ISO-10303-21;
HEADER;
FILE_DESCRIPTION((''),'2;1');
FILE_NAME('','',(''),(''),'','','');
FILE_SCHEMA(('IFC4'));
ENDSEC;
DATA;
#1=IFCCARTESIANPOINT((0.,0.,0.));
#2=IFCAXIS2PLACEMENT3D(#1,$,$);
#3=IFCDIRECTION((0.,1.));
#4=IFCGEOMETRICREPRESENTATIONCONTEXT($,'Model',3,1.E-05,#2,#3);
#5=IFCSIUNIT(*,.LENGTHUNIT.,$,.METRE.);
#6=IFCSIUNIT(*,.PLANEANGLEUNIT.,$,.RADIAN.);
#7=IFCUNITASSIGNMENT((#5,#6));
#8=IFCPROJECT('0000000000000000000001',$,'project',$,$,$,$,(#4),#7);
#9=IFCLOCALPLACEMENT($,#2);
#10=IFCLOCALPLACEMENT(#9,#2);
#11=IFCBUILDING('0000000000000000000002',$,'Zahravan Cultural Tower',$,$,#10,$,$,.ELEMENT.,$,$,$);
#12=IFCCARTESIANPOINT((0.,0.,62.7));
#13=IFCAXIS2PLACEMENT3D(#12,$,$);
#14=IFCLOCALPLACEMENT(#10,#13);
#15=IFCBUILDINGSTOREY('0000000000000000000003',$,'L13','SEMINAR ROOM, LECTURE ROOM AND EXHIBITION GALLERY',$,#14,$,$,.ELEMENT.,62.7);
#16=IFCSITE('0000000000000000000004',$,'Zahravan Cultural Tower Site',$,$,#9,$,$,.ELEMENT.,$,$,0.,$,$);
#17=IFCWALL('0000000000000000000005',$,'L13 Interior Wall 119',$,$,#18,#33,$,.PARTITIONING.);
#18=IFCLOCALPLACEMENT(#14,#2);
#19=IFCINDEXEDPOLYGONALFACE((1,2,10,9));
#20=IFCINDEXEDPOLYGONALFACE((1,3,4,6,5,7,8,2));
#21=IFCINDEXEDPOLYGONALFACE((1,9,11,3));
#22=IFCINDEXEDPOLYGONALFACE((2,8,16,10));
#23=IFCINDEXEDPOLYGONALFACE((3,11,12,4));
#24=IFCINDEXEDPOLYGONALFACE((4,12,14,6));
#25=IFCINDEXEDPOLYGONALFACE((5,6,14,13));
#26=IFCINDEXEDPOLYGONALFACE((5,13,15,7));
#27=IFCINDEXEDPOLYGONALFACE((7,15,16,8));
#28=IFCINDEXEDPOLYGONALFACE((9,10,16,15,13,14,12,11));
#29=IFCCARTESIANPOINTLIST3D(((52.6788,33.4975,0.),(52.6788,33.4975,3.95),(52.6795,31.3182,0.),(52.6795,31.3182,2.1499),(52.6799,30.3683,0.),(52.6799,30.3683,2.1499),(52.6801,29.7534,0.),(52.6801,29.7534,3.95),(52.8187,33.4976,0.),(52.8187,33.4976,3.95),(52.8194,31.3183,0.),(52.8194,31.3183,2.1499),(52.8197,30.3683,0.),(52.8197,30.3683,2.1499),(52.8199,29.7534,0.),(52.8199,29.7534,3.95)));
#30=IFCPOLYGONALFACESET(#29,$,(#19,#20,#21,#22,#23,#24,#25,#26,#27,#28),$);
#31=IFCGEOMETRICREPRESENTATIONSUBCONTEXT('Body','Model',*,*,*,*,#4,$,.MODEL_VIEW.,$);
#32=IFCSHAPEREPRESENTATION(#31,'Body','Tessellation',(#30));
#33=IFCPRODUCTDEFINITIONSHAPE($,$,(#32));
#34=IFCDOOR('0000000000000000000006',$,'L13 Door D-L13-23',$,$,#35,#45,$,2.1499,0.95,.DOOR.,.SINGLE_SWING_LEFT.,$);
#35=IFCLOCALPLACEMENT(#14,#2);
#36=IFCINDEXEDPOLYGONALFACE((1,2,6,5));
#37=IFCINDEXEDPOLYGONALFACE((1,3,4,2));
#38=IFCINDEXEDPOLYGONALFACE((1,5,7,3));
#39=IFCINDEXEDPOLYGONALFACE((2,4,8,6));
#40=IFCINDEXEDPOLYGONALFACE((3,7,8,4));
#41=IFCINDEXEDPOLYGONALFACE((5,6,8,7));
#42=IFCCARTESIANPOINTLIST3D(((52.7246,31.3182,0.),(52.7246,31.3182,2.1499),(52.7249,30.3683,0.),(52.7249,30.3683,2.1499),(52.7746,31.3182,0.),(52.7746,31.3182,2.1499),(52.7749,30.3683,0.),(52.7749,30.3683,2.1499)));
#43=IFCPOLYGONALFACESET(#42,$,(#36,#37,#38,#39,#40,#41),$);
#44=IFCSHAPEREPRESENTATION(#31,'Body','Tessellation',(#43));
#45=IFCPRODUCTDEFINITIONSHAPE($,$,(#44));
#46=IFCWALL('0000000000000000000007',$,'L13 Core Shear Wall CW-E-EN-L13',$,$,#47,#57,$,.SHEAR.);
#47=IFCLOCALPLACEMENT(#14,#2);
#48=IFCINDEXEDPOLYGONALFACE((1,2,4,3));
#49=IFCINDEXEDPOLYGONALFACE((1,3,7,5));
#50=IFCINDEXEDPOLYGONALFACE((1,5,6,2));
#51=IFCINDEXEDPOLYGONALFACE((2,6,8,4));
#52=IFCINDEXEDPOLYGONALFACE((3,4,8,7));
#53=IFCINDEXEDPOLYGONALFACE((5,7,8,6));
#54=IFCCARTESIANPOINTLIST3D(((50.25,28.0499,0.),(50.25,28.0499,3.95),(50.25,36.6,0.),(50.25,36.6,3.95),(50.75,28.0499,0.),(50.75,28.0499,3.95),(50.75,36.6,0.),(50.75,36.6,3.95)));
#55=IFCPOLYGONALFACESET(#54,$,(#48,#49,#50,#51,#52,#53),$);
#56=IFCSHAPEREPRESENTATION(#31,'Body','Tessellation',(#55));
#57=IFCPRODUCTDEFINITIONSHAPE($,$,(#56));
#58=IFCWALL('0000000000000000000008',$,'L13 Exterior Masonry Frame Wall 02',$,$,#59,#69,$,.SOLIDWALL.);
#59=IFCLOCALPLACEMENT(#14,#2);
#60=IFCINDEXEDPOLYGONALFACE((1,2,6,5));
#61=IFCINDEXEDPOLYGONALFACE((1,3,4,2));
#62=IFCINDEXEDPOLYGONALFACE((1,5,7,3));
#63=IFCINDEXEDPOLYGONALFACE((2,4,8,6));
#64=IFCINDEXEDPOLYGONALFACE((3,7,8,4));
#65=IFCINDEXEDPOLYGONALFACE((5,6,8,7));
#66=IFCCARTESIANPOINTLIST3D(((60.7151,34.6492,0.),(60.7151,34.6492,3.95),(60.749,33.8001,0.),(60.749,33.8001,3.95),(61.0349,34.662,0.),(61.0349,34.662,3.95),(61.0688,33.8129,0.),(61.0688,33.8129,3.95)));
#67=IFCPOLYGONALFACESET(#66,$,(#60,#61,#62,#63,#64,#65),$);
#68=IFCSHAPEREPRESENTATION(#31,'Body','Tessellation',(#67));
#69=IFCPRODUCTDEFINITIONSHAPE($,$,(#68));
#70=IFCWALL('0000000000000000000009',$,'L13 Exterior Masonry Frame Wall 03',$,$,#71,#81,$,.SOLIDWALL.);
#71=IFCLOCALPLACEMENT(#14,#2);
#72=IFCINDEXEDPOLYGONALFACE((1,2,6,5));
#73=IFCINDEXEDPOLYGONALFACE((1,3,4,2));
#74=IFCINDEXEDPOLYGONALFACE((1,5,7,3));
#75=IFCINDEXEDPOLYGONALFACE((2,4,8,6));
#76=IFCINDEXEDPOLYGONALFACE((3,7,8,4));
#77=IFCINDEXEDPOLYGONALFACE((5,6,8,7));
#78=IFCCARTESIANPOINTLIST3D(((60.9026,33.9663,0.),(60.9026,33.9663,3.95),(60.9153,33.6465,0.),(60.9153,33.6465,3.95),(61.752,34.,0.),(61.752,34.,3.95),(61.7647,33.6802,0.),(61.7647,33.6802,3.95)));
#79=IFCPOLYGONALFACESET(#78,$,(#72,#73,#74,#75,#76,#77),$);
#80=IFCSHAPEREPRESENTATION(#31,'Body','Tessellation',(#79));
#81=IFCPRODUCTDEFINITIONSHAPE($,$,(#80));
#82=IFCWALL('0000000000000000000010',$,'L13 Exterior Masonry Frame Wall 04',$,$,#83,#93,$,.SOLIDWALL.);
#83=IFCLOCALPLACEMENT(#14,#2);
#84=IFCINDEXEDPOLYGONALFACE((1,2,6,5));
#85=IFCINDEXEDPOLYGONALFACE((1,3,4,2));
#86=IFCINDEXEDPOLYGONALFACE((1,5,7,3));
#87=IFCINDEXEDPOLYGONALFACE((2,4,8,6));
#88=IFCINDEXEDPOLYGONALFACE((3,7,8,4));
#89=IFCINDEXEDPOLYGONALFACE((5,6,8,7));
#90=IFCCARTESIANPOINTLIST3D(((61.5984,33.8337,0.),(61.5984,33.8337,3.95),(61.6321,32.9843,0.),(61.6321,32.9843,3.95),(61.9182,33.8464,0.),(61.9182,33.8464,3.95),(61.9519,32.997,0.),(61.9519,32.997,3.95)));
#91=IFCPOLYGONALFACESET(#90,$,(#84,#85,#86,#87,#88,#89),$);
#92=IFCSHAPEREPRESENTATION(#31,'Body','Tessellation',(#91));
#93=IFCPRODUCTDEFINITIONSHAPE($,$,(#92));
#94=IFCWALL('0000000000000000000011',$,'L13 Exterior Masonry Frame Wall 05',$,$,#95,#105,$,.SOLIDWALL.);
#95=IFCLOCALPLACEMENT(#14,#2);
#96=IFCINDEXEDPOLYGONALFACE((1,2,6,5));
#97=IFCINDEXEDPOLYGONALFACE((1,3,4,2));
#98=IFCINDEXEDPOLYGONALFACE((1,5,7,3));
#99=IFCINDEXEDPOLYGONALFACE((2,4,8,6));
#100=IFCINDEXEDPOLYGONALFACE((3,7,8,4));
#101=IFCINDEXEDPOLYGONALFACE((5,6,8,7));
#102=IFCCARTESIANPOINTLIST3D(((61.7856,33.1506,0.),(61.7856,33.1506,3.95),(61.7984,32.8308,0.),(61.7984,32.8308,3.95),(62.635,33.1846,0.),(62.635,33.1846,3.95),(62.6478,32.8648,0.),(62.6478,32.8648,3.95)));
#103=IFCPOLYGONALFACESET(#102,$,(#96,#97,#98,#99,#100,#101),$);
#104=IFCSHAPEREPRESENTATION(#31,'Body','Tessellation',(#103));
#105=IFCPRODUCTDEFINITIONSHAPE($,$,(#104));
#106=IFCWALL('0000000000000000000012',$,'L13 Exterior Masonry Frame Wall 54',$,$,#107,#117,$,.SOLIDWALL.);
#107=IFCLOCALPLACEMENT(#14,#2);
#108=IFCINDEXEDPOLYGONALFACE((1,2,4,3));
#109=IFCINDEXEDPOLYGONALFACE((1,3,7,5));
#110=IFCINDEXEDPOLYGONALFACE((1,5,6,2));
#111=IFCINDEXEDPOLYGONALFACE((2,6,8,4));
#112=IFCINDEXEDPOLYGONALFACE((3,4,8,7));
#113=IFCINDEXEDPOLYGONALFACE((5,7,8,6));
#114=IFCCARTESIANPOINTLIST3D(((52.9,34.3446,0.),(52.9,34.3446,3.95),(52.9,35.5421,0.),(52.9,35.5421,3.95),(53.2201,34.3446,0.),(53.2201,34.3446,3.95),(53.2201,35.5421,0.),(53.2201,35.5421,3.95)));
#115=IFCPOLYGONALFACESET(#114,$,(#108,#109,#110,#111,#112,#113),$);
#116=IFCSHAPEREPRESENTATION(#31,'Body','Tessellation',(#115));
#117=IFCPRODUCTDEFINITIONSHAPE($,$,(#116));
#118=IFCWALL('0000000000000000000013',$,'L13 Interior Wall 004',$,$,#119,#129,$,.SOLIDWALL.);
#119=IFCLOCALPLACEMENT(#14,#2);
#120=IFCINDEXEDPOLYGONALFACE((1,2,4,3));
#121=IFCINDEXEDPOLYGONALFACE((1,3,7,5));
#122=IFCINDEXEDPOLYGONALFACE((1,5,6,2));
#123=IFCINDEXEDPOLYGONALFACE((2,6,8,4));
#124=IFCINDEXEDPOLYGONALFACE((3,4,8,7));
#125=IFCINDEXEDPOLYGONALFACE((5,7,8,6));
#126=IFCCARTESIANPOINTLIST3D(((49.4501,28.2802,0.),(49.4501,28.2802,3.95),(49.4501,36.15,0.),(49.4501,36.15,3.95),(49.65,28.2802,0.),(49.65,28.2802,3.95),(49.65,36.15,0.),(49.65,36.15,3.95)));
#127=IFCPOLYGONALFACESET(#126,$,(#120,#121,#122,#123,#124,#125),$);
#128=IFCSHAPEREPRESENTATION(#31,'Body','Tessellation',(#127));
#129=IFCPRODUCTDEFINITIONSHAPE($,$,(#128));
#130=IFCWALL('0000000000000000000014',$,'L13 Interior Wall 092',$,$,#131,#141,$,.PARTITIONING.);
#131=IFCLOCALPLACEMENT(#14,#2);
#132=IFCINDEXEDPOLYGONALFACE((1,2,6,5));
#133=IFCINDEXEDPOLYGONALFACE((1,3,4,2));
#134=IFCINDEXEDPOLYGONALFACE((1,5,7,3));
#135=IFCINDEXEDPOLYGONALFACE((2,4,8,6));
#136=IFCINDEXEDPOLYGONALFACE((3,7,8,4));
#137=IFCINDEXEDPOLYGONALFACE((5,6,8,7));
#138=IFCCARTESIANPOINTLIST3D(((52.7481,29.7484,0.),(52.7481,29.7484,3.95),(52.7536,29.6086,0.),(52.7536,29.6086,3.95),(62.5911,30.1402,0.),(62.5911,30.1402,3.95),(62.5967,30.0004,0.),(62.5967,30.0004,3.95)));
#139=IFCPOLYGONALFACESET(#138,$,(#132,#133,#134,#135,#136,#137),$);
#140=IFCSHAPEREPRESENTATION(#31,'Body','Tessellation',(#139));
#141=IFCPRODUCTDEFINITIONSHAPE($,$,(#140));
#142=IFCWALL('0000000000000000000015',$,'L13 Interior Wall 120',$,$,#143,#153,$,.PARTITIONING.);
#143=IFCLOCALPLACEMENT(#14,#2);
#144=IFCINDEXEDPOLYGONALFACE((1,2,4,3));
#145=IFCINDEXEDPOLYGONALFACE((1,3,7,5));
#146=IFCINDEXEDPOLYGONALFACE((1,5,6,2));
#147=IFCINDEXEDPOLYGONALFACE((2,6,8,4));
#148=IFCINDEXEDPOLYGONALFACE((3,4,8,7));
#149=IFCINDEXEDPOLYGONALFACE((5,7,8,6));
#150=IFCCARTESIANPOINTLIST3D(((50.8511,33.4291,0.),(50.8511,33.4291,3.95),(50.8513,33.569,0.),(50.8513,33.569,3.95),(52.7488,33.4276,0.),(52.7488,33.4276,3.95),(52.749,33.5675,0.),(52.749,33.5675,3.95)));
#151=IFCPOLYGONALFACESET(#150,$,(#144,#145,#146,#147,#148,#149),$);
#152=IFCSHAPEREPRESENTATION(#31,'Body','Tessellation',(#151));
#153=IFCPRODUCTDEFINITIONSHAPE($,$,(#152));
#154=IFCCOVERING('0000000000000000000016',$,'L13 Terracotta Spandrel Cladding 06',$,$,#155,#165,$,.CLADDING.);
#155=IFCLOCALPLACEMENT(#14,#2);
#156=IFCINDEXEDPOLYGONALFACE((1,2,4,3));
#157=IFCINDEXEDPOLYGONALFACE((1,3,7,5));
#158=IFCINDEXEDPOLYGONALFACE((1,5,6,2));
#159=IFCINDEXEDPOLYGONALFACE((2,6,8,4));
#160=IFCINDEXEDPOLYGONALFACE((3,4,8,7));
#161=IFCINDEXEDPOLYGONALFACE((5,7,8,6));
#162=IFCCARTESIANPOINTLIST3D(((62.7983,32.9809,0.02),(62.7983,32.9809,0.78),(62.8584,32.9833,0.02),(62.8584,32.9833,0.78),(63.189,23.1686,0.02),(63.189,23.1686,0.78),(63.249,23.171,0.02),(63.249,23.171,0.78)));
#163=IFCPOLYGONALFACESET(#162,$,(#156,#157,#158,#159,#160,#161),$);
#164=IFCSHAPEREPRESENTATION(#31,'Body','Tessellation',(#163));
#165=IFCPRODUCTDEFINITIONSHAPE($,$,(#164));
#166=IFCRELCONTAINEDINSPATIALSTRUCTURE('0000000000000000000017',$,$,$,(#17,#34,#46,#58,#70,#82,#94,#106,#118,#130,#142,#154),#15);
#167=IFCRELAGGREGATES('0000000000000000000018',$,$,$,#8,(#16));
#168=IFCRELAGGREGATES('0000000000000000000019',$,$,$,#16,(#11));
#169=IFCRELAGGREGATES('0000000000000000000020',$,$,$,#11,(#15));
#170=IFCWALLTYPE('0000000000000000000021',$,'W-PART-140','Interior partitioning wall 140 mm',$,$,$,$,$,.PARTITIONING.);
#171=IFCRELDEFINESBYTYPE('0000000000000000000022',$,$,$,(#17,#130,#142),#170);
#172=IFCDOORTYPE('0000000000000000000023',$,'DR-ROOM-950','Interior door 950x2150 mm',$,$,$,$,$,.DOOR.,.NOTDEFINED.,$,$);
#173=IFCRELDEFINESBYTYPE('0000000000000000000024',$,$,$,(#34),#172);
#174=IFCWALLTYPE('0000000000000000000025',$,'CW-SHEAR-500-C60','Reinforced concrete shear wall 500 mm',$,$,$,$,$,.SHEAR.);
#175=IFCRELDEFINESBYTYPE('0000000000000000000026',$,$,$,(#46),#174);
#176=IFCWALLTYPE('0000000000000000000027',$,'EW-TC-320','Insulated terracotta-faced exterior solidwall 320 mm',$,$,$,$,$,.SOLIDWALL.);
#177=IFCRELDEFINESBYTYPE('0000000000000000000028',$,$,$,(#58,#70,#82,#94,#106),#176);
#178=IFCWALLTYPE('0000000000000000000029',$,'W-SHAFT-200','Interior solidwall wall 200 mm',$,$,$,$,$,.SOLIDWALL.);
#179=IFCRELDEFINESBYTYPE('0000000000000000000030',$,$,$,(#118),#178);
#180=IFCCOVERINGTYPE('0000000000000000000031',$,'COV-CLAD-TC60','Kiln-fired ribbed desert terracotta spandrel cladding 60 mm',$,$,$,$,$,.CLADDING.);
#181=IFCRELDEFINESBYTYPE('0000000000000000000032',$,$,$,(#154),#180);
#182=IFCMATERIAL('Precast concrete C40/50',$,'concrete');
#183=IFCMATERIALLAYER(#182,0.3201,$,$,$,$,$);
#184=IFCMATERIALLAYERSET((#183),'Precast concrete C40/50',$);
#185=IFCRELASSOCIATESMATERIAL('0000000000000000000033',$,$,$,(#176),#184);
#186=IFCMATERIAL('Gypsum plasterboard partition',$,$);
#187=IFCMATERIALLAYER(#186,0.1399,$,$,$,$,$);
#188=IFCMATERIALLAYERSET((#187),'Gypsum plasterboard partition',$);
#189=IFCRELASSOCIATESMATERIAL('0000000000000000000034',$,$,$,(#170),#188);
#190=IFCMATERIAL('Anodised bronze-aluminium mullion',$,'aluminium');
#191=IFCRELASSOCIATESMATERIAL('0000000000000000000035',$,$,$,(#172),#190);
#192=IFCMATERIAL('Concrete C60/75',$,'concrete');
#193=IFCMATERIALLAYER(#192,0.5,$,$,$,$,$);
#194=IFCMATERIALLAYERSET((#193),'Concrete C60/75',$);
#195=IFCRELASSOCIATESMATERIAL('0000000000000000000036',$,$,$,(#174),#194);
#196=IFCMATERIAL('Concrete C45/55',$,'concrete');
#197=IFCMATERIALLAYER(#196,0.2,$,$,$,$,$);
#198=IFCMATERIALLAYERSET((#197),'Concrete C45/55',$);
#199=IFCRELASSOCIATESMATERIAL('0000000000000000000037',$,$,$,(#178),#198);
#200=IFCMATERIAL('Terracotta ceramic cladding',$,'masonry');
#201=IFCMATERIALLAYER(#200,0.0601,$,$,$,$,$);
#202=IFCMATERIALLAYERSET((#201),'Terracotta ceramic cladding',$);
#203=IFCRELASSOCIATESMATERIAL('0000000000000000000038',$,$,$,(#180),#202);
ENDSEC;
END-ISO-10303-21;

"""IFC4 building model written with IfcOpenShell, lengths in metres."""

from ifc_helpers import new_model, si_unit, direction, frame, frame_2d, origin, origin_2d, place, context, subcontext, project, spatial, rectangle, extrude, source, transform, mapped, material, layer, layer_set, type_object, element, fill, save


model = new_model("IFC4")

# Units and contexts
model_context = context("Model", 3, precision=1e-05, world=origin(), true_north=direction((0.0, 1.0)))
body_context = subcontext(model_context, "Body", "Model", "MODEL_VIEW")
ifc_project = project(units=[si_unit("LENGTHUNIT", "METRE"), si_unit("PLANEANGLEUNIT", "RADIAN")], contexts=[model_context])

# Site, building, storey
site_placement = place(None, origin())
site = spatial("IfcSite", under=ifc_project, at=site_placement, Name="Zahravan Cultural Tower Site", CompositionType="ELEMENT", RefElevation=0.0)
building_placement = place(site_placement, origin())
building = spatial("IfcBuilding", under=site, at=building_placement, Name="Zahravan Cultural Tower", CompositionType="ELEMENT")
storey_placement = place(building_placement, frame((0.0, 0.0, 62.7)))
storey = spatial("IfcBuildingStorey", under=building, at=storey_placement, Name="L13", Description="SEMINAR ROOM, LECTURE ROOM AND EXHIBITION GALLERY", CompositionType="ELEMENT", Elevation=62.7)

# Shared definitions
ifc_material_1 = material(Name="Concrete C60/75", Category="concrete")

# Shared definitions
ifc_material_2 = material(Name="Precast concrete C40/50", Category="concrete")
ifc_layer_1 = layer(ifc_material_2, 0.3201)
ifc_layer_set_1 = layer_set([ifc_layer_1], Name="Precast concrete C40/50")
wall_type_1 = type_object("IfcWallType", Name="EW-TC-320", Description="Insulated terracotta-faced exterior solidwall 320 mm", PredefinedType="SOLIDWALL", material=ifc_layer_set_1)

# Wall, opening, door
ifc_material_3 = material(Name="Gypsum plasterboard partition")
ifc_layer_2 = layer(ifc_material_3, 0.1399)
ifc_layer_set_2 = layer_set([ifc_layer_2], Name="Gypsum plasterboard partition")
wall_type_2 = type_object("IfcWallType", Name="W-PART-140", Description="Interior partitioning wall 140 mm", PredefinedType="PARTITIONING", material=ifc_layer_set_2)
wall_1_placement = place(storey_placement, frame((52.75, 29.7534, 0.0), z_axis=(0.0, 0.0, 1.0), x_axis=(-0.000326, 1.0, 0.0)))
wall_1 = element("IfcWall", 1, at=wall_1_placement, inside=storey, type_object=wall_type_2, Name="L13 Interior Wall 119", PredefinedType="PARTITIONING", context=body_context, shape_type="SweptSolid", body=[
    extrude(rectangle(XDim=3.7441, YDim=0.1399, at=frame_2d((1.8721, 0.0))), origin(), (0.0, 0.0, 1.0), 3.95),
])
opening_1_placement = place(wall_1_placement, frame((0.6147, 0.0, 0.0)))
opening_1 = element("IfcOpeningElement", 2, at=opening_1_placement, cuts=wall_1, PredefinedType="OPENING", context=body_context, shape_type="SweptSolid", body=[
    extrude(rectangle(XDim=0.95, YDim=2.1499, at=frame_2d((0.4751, 1.075))), frame((0.0, 0.0798, 0.0), z_axis=(0.0, -1.0, 0.0), x_axis=(1.0, 0.0, 0.0)), (0.0, 0.0, 1.0), 0.1599),
])
ifc_material_4 = material(Name="Anodised bronze-aluminium mullion", Category="aluminium")
door_type = type_object("IfcDoorType", Name="DR-ROOM-950", Description="Interior door 950x2150 mm", OperationType="NOTDEFINED", PredefinedType="DOOR", material=ifc_material_4)
shared_shape_1 = source(origin(), body_context, "Body", "SweptSolid", [
    extrude(rectangle(XDim=0.95, YDim=2.1499, at=frame_2d((0.4751, 1.075))), frame((0.0, 0.0249, 0.0), z_axis=(0.0, -1.0, 0.0), x_axis=(1.0, 0.0, 0.0)), (0.0, 0.0, 1.0), 0.05),
])
door_placement = place(opening_1_placement, origin())
door = element("IfcDoor", 3, at=door_placement, inside=storey, type_object=door_type, Name="L13 Door D-L13-23", OperationType="SINGLE_SWING_LEFT", OverallHeight=2.1499, OverallWidth=0.95, PredefinedType="DOOR", context=body_context, shape_type="MappedRepresentation", body=[
    mapped(shared_shape_1, transform((0.0, 0.0, 0.0), x_axis=(1.0, 0.0, 0.0), y_axis=(0.0, 1.0, 0.0), z_axis=(0.0, 0.0, 1.0), scale=1.0)),
])
fill(opening_1, door)

# Walls
ifc_layer_3 = layer(ifc_material_1, 0.5)
ifc_layer_set_3 = layer_set([ifc_layer_3], Name="Concrete C60/75")
wall_type_3 = type_object("IfcWallType", Name="CW-SHEAR-500-C60", Description="Reinforced concrete shear wall 500 mm", PredefinedType="SHEAR", material=ifc_layer_set_3)
shared_shape_2 = source(origin(), body_context, "Body", "SweptSolid", [
    extrude(rectangle(XDim=8.55, YDim=0.5, at=frame_2d((4.2749, 0.0))), origin(), (0.0, 0.0, 1.0), 3.95),
])
wall_2_placement = place(storey_placement, frame((50.5, 28.05, 0.0), z_axis=(0.0, 0.0, 1.0), x_axis=(0.0, 1.0, 0.0)))
element("IfcWall", 4, at=wall_2_placement, inside=storey, type_object=wall_type_3, Name="L13 Core Shear Wall CW-E-EN-L13", PredefinedType="SHEAR", context=body_context, shape_type="MappedRepresentation", body=[
    mapped(shared_shape_2, transform((0.0, 0.0, 0.0), x_axis=(1.0, 0.0, 0.0), y_axis=(0.0, 1.0, 0.0), z_axis=(0.0, 0.0, 1.0), scale=1.0)),
])
shared_shape_3 = source(origin(), body_context, "Body", "SweptSolid", [
    extrude(rectangle(XDim=0.8499, YDim=0.3201, at=frame_2d((0.4248, 0.0))), origin(), (0.0, 0.0, 1.0), 3.95),
])
wall_3_placement = place(storey_placement, frame((60.875, 34.6555, 0.0), z_axis=(0.0, 0.0, 1.0), x_axis=(0.039934, -0.999202, 0.0)))
element("IfcWall", 5, at=wall_3_placement, inside=storey, type_object=wall_type_1, Name="L13 Exterior Masonry Frame Wall 02", PredefinedType="SOLIDWALL", context=body_context, shape_type="MappedRepresentation", body=[
    mapped(shared_shape_3, transform((0.0, 0.0, 0.0), x_axis=(1.0, 0.0, 0.0), y_axis=(0.0, 1.0, 0.0), z_axis=(0.0, 0.0, 1.0), scale=1.0)),
])
shared_shape_4 = source(origin(), body_context, "Body", "SweptSolid", [
    extrude(rectangle(XDim=0.8501, YDim=0.3201, at=frame_2d((0.425, 0.0))), origin(), (0.0, 0.0, 1.0), 3.95),
])
for number, where, z_axis, x_axis, name in (
    (6, (60.9089, 33.8064, 0.0), (0.0, 0.0, 1.0), (0.999214, 0.039635, 0.0), "L13 Exterior Masonry Frame Wall 03"),
    (7, (61.7583, 33.8401, 0.0), (0.0, 0.0, 1.0), (0.039635, -0.999214, 0.0), "L13 Exterior Masonry Frame Wall 04"),
    (8, (61.792, 32.9907, 0.0), (0.0, 0.0, 1.0), (0.999203, 0.039922, 0.0), "L13 Exterior Masonry Frame Wall 05"),
):
    element("IfcWall", number, at=place(storey_placement, frame(where, z_axis=z_axis, x_axis=x_axis)), inside=storey, type_object=wall_type_1, Name=name, PredefinedType="SOLIDWALL", context=body_context, shape_type="MappedRepresentation", body=[
        mapped(shared_shape_4, transform((0.0, 0.0, 0.0), x_axis=(1.0, 0.0, 0.0), y_axis=(0.0, 1.0, 0.0), z_axis=(0.0, 0.0, 1.0), scale=1.0)),
    ])
shared_shape_5 = source(origin(), body_context, "Body", "SweptSolid", [
    extrude(rectangle(XDim=1.1975, YDim=0.3201, at=frame_2d((0.5986, 0.0))), origin(), (0.0, 0.0, 1.0), 3.95),
])
wall_4_placement = place(storey_placement, frame((53.0601, 35.542, 0.0), z_axis=(0.0, 0.0, 1.0), x_axis=(0.0, -1.0, 0.0)))
element("IfcWall", 9, at=wall_4_placement, inside=storey, type_object=wall_type_1, Name="L13 Exterior Masonry Frame Wall 54", PredefinedType="SOLIDWALL", context=body_context, shape_type="MappedRepresentation", body=[
    mapped(shared_shape_5, transform((0.0, 0.0, 0.0), x_axis=(1.0, 0.0, 0.0), y_axis=(0.0, 1.0, 0.0), z_axis=(0.0, 0.0, 1.0), scale=1.0)),
])
ifc_material_5 = material(Name="Concrete C45/55", Category="concrete")
ifc_layer_4 = layer(ifc_material_5, 0.2)
ifc_layer_set_4 = layer_set([ifc_layer_4], Name="Concrete C45/55")
wall_type_4 = type_object("IfcWallType", Name="W-SHAFT-200", Description="Interior solidwall wall 200 mm", PredefinedType="SOLIDWALL", material=ifc_layer_set_4)
shared_shape_6 = source(origin(), body_context, "Body", "SweptSolid", [
    extrude(rectangle(XDim=7.8699, YDim=0.2, at=frame_2d((3.9351, 0.0))), origin(), (0.0, 0.0, 1.0), 3.95),
])
wall_5_placement = place(storey_placement, frame((49.55, 28.28, 0.0), z_axis=(0.0, 0.0, 1.0), x_axis=(0.0, 1.0, 0.0)))
element("IfcWall", 10, at=wall_5_placement, inside=storey, type_object=wall_type_4, Name="L13 Interior Wall 004", PredefinedType="SOLIDWALL", context=body_context, shape_type="MappedRepresentation", body=[
    mapped(shared_shape_6, transform((0.0, 0.0, 0.0), x_axis=(1.0, 0.0, 0.0), y_axis=(0.0, 1.0, 0.0), z_axis=(0.0, 0.0, 1.0), scale=1.0)),
])
shared_shape_7 = source(origin(), body_context, "Body", "SweptSolid", [
    extrude(rectangle(XDim=9.8508, YDim=0.1399, at=frame_2d((4.9253, 0.0))), origin(), (0.0, 0.0, 1.0), 3.95),
])
wall_6_placement = place(storey_placement, frame((52.751, 29.6785, 0.0), z_axis=(0.0, 0.0, 1.0), x_axis=(0.999209, 0.039778, 0.0)))
element("IfcWall", 11, at=wall_6_placement, inside=storey, type_object=wall_type_2, Name="L13 Interior Wall 092", PredefinedType="PARTITIONING", context=body_context, shape_type="MappedRepresentation", body=[
    mapped(shared_shape_7, transform((0.0, 0.0, 0.0), x_axis=(1.0, 0.0, 0.0), y_axis=(0.0, 1.0, 0.0), z_axis=(0.0, 0.0, 1.0), scale=1.0)),
])
shared_shape_8 = source(origin(), body_context, "Body", "SweptSolid", [
    extrude(rectangle(XDim=1.8977, YDim=0.1399, at=frame_2d((0.9487, 0.0))), origin(), (0.0, 0.0, 1.0), 3.95),
])
wall_7_placement = place(storey_placement, frame((52.7488, 33.4976, 0.0), z_axis=(0.0, 0.0, 1.0), x_axis=(-1.0, 0.000772, 0.0)))
element("IfcWall", 12, at=wall_7_placement, inside=storey, type_object=wall_type_2, Name="L13 Interior Wall 120", PredefinedType="PARTITIONING", context=body_context, shape_type="MappedRepresentation", body=[
    mapped(shared_shape_8, transform((0.0, 0.0, 0.0), x_axis=(1.0, 0.0, 0.0), y_axis=(0.0, 1.0, 0.0), z_axis=(0.0, 0.0, 1.0), scale=1.0)),
])

# Covering
ifc_material_6 = material(Name="Terracotta ceramic cladding", Category="masonry")
ifc_layer_5 = layer(ifc_material_6, 0.0601)
ifc_layer_set_5 = layer_set([ifc_layer_5], Name="Terracotta ceramic cladding")
covering_type = type_object("IfcCoveringType", Name="COV-CLAD-TC60", Description="Kiln-fired ribbed desert terracotta spandrel cladding 60 mm", PredefinedType="CLADDING", material=ifc_layer_set_5)
shared_shape_9 = source(origin(), body_context, "Body", "SweptSolid", [
    extrude(rectangle(XDim=9.8201, YDim=0.0601, at=origin_2d()), origin(), (0.0, 0.0, 1.0), 0.76),
])
covering_1_placement = place(storey_placement, frame((63.0237, 28.0759, 0.02), z_axis=(0.0, 0.0, 1.0), x_axis=(0.039783, -0.999208, 0.0)))
element("IfcCovering", 13, at=covering_1_placement, inside=storey, type_object=covering_type, Name="L13 Terracotta Spandrel Cladding 06", PredefinedType="CLADDING", context=body_context, shape_type="MappedRepresentation", body=[
    mapped(shared_shape_9, transform((0.0, 0.0, 0.0), x_axis=(1.0, 0.0, 0.0), y_axis=(0.0, 1.0, 0.0), z_axis=(0.0, 0.0, 1.0), scale=1.0)),
])

save(model, "model.ifc")
